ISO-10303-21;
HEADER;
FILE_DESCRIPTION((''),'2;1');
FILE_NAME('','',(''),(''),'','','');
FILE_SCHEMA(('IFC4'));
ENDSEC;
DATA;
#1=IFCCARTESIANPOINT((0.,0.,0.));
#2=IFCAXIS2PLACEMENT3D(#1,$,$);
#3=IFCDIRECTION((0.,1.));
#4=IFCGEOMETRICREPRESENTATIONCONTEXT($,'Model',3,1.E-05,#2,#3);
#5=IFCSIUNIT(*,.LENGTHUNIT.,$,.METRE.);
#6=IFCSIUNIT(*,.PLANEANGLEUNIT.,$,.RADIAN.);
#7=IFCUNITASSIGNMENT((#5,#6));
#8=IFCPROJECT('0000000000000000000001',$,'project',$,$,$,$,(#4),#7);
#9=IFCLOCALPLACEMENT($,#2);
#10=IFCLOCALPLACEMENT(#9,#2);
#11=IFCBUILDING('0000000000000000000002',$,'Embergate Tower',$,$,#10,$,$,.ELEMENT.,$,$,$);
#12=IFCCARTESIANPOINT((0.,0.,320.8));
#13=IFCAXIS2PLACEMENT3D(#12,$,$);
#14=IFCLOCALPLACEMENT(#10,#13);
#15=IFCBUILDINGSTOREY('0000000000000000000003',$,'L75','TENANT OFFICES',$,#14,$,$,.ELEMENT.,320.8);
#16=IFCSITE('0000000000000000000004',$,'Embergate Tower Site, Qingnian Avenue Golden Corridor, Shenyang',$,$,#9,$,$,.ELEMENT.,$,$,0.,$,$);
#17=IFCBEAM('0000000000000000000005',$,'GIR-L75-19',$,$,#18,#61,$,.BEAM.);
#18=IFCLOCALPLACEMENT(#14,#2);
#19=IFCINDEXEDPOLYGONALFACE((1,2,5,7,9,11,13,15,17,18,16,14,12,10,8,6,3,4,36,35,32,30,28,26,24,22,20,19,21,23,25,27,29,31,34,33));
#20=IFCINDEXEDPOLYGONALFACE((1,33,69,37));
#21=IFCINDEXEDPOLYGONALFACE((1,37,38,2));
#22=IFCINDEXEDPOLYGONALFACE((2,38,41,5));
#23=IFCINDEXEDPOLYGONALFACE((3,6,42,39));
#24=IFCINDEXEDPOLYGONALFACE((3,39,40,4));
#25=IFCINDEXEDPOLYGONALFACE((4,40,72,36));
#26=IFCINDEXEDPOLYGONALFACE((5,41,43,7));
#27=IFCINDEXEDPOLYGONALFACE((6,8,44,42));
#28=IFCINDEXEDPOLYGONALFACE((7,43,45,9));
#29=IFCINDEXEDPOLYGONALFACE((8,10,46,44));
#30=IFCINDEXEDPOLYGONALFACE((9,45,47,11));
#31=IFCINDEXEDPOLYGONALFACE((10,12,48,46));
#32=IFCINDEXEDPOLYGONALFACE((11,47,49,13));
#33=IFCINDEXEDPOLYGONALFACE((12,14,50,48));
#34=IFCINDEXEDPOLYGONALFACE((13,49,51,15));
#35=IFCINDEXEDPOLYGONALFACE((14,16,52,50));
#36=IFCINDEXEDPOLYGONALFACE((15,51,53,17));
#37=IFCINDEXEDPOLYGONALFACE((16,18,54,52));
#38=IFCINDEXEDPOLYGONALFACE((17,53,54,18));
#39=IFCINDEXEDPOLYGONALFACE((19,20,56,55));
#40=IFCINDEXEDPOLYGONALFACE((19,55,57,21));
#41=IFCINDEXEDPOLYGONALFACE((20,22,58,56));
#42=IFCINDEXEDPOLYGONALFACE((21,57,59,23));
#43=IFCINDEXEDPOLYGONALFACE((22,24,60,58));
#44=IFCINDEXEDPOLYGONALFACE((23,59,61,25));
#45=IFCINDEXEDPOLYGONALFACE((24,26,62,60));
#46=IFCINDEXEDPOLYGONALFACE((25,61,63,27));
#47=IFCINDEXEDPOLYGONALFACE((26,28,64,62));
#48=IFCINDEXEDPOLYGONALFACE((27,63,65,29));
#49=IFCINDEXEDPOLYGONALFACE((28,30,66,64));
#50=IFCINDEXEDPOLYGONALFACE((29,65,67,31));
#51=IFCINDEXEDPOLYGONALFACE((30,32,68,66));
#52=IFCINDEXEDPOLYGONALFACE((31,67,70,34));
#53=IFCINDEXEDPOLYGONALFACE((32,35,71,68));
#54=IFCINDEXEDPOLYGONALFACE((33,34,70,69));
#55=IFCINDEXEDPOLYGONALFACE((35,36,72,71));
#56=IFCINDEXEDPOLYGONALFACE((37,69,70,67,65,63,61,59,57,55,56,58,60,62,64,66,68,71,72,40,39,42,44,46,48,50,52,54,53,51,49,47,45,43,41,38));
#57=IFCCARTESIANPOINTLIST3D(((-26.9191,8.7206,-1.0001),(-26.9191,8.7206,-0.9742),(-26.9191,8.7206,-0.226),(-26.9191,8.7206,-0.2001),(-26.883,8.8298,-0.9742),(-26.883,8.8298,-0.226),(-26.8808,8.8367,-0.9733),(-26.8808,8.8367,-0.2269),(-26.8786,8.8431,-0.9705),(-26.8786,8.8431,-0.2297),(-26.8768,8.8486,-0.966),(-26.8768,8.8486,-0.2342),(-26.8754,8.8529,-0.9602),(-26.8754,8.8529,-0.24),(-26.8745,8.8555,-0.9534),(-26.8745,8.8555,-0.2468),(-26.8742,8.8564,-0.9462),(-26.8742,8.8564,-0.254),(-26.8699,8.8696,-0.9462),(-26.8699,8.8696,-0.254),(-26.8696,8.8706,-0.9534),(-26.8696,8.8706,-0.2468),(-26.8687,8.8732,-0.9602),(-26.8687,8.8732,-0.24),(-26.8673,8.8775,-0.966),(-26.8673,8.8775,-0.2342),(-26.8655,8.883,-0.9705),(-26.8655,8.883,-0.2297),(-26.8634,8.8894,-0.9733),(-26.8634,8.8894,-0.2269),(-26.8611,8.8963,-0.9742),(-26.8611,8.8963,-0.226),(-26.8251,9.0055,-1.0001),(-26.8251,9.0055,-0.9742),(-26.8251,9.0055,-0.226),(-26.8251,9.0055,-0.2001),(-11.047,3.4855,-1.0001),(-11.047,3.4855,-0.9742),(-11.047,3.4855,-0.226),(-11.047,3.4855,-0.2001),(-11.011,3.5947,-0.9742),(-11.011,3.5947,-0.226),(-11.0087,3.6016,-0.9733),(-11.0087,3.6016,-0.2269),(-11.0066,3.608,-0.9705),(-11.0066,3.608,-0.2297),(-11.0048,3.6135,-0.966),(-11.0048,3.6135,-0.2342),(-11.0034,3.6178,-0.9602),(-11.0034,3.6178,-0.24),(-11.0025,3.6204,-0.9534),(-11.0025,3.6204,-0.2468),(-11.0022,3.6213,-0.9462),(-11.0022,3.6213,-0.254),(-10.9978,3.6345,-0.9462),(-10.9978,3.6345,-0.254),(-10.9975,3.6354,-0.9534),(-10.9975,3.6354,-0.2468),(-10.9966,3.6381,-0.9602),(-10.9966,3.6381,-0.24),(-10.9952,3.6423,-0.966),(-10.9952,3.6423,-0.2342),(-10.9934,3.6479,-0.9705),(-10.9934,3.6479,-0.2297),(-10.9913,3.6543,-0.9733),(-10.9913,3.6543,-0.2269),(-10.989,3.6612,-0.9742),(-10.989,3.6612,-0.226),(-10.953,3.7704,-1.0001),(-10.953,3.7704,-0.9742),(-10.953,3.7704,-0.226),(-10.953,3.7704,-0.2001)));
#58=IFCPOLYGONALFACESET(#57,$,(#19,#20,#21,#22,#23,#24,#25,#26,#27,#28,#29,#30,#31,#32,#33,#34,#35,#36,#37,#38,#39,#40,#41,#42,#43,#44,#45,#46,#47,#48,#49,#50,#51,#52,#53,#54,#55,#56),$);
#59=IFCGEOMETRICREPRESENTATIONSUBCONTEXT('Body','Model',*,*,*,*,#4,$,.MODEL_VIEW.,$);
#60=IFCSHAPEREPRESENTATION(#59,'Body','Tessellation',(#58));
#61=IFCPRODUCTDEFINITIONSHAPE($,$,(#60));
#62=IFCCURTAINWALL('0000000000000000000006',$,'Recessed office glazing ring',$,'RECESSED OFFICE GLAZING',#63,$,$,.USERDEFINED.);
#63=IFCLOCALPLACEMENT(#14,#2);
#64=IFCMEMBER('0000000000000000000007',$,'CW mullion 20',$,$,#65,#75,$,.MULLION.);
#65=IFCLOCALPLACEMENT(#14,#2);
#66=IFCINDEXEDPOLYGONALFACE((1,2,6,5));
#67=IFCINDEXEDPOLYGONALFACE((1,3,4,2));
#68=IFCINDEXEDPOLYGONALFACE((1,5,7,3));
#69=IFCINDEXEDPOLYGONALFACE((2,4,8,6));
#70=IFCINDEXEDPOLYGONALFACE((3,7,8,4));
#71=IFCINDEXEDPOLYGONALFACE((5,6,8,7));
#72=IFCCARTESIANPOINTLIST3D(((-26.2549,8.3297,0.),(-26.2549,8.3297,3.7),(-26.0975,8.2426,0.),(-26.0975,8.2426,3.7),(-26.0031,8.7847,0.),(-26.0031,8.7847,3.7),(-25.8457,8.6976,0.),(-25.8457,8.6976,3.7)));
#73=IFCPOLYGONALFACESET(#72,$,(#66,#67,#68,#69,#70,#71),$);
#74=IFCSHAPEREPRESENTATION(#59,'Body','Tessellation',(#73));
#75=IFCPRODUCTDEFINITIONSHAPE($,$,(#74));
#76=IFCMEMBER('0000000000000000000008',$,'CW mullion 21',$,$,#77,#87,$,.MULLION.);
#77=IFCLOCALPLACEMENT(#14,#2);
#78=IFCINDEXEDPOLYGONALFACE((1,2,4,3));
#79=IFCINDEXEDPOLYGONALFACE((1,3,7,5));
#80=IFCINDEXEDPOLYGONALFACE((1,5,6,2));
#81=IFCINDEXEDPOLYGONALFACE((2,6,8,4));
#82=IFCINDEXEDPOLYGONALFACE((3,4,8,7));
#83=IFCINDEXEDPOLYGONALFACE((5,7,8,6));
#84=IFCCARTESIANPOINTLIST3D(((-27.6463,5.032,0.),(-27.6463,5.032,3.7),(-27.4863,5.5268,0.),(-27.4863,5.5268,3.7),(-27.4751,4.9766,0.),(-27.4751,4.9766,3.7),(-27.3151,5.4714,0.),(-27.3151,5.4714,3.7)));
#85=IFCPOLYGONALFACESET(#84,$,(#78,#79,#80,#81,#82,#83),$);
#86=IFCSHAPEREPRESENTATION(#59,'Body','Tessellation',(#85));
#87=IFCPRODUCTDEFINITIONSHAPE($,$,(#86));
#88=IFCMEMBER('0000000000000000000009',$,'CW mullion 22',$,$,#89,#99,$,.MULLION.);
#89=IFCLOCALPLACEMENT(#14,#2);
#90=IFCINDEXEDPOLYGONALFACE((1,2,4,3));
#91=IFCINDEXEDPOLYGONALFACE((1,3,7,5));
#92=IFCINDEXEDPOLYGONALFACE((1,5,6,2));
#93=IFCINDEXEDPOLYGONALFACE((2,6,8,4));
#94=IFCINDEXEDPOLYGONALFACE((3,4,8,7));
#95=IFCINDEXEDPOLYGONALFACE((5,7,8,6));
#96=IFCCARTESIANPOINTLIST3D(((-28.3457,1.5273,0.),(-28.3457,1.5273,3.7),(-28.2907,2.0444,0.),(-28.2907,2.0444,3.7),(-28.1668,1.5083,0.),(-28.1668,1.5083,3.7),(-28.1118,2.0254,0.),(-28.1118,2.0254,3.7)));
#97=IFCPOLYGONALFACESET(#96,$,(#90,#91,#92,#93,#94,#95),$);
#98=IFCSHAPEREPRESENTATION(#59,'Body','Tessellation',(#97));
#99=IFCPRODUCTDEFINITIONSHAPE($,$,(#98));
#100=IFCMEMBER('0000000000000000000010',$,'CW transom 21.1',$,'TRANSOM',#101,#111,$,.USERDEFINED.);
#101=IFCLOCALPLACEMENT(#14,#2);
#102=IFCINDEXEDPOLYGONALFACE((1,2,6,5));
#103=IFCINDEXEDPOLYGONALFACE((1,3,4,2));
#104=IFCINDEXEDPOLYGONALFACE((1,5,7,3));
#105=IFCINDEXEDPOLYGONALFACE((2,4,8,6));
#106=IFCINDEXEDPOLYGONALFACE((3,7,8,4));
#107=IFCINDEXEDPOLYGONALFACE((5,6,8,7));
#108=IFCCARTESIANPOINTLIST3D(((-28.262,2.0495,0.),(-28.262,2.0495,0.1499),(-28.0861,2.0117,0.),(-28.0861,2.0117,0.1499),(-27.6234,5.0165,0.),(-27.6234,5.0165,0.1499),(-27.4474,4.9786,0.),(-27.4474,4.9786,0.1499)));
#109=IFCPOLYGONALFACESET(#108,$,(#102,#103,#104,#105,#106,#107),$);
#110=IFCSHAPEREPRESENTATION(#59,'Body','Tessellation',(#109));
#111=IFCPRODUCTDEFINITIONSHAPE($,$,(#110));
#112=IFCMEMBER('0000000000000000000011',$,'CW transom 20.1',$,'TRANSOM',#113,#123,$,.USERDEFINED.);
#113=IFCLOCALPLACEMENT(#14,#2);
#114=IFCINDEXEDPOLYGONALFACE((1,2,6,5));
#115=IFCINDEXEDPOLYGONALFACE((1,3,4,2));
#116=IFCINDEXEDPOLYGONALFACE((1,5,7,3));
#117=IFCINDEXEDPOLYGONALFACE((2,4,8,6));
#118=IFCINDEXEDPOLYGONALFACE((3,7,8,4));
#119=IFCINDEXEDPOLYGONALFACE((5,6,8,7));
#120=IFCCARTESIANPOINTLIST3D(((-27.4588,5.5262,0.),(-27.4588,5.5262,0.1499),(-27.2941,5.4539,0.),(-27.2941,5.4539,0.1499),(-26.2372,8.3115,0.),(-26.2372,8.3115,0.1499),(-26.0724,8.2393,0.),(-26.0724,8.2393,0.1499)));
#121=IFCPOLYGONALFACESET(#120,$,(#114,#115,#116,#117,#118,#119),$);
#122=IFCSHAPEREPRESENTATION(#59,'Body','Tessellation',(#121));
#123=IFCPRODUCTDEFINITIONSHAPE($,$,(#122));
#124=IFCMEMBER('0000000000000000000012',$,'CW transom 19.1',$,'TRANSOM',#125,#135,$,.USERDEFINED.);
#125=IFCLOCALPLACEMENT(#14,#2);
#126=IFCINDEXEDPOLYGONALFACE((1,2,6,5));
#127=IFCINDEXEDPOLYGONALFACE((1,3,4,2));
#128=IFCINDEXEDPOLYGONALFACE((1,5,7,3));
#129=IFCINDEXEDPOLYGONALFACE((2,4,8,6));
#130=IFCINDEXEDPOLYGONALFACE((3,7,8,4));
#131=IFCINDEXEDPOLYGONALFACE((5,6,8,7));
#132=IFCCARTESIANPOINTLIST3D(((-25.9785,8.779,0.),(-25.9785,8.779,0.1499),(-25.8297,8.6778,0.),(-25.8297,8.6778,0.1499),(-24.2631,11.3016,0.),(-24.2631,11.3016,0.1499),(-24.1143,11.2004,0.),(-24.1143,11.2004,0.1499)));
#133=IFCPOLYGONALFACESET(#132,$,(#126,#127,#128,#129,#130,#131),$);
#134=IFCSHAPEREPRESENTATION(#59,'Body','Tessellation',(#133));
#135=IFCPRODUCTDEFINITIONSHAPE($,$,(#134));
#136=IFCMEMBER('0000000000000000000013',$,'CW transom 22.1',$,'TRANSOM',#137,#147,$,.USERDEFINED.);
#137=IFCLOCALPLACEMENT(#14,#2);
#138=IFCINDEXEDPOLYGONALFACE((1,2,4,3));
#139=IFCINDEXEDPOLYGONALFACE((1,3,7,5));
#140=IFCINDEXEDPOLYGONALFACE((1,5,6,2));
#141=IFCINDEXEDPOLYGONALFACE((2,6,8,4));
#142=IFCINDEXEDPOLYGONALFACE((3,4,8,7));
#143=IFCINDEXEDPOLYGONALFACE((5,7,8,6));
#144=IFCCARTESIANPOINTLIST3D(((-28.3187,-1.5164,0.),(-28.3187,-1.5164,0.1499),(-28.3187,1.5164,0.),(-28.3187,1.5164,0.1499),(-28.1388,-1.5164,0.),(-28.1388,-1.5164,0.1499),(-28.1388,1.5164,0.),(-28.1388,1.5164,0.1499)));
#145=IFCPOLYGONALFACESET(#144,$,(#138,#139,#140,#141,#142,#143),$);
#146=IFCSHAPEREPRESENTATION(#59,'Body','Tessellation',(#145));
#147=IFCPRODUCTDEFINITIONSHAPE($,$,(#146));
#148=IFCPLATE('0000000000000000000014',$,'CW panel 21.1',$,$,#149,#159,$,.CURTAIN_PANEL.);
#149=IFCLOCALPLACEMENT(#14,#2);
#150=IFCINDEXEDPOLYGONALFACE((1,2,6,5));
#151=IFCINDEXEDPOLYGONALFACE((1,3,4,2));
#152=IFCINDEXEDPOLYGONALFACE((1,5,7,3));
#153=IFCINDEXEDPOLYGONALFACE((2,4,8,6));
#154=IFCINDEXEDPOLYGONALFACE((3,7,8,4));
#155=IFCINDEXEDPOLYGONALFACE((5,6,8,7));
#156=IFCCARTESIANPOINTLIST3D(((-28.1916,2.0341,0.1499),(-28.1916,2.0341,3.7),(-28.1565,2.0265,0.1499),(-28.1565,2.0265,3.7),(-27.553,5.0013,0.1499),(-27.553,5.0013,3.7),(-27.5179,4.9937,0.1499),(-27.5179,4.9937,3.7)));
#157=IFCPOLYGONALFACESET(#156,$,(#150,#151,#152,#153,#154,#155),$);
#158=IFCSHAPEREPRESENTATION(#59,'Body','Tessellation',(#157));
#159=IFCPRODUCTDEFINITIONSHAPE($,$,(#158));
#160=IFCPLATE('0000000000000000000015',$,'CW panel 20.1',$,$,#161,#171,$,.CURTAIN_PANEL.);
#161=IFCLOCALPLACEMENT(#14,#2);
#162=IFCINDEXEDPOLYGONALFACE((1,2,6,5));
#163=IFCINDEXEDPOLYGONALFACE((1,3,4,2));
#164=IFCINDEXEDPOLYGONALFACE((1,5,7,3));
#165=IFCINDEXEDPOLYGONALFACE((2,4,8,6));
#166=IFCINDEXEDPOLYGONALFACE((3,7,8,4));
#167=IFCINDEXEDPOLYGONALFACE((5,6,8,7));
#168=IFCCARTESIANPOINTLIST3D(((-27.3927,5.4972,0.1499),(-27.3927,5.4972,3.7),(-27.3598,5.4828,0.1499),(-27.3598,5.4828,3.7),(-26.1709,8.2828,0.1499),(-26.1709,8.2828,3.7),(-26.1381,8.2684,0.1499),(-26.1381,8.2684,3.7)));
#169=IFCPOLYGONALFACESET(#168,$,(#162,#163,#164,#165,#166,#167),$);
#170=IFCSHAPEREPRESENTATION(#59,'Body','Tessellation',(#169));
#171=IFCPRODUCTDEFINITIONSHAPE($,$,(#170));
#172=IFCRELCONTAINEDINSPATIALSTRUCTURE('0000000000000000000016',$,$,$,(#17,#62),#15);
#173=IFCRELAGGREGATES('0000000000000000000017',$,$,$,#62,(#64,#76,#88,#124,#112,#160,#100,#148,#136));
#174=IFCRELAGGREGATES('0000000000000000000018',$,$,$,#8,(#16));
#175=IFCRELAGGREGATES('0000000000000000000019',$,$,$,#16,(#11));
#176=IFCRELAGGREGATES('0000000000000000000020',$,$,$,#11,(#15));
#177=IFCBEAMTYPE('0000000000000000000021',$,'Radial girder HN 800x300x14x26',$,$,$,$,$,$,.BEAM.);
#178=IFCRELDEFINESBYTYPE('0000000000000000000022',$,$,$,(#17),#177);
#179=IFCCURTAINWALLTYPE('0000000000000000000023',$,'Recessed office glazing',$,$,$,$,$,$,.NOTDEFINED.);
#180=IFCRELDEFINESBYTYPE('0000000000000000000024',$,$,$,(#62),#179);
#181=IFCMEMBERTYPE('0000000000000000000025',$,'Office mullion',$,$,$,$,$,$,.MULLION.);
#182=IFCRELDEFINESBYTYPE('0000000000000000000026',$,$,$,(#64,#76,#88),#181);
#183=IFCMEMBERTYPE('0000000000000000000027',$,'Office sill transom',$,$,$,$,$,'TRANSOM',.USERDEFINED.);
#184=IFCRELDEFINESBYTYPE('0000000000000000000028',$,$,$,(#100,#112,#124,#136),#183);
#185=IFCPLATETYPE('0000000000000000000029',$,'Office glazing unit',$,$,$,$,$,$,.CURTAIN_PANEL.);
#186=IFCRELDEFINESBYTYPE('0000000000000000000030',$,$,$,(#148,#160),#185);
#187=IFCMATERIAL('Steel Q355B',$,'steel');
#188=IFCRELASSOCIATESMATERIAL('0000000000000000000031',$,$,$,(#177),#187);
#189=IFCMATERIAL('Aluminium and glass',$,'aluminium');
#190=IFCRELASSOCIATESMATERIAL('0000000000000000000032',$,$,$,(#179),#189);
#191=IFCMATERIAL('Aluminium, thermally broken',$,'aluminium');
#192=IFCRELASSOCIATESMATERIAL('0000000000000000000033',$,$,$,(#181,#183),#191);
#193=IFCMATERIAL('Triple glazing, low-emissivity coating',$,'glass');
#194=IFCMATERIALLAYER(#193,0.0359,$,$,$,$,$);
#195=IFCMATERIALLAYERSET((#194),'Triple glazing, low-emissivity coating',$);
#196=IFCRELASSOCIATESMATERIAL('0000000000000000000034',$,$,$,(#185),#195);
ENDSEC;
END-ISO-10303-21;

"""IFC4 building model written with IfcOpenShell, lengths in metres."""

from ifc_helpers import new_model, si_unit, direction, frame, origin, origin_2d, place, context, subcontext, project, spatial, rectangle, i_section, extrude, source, transform, mapped, material, layer, layer_set, material_profile, profile_set, type_object, element, aggregate, save


model = new_model("IFC4")

# Units and contexts
model_context = context("Model", 3, precision=1e-05, world=origin(), true_north=direction((0.0, 1.0)))
body_context = subcontext(model_context, "Body", "Model", "MODEL_VIEW")
ifc_project = project(units=[si_unit("LENGTHUNIT", "METRE"), si_unit("PLANEANGLEUNIT", "RADIAN")], contexts=[model_context])

# Site, building, storey
site_placement = place(None, origin())
site = spatial("IfcSite", under=ifc_project, at=site_placement, Name="Embergate Tower Site, Qingnian Avenue Golden Corridor, Shenyang", CompositionType="ELEMENT", RefElevation=0.0)
building_placement = place(site_placement, origin())
building = spatial("IfcBuilding", under=site, at=building_placement, Name="Embergate Tower", CompositionType="ELEMENT")
storey_placement = place(building_placement, frame((0.0, 0.0, 320.8)))
storey = spatial("IfcBuildingStorey", under=building, at=storey_placement, Name="L75", Description="TENANT OFFICES", CompositionType="ELEMENT", Elevation=320.8)

# Beam
ifc_material_1 = material(Name="Steel Q355B", Category="steel")
ifc_material_profile_1 = material_profile(ifc_material_1, i_section(OverallWidth=0.3, OverallDepth=0.8, WebThickness=0.0139, FlangeThickness=0.0259, FilletRadius=0.0281, at=origin_2d()), Name="HN 800x300x14x26")
ifc_profile_set_1 = profile_set([ifc_material_profile_1], Name="Steel Q355 grade B")
beam_type_1 = type_object("IfcBeamType", Name="Radial girder HN 800x300x14x26", PredefinedType="BEAM", material=ifc_profile_set_1)
shared_shape_1 = source(origin(), body_context, "Body", "SweptSolid", [
    extrude(i_section(OverallWidth=0.3, OverallDepth=0.8, WebThickness=0.0139, FlangeThickness=0.0259, FilletRadius=0.0281, at=origin_2d()), origin(), (0.0, 0.0, 1.0), 16.7131),
])
beam_1_placement = place(storey_placement, frame((-26.8721, 8.863, -0.6001), z_axis=(0.949676, -0.313233, 0.0), x_axis=(0.313233, 0.949676, 0.0)))
element("IfcBeam", 1, at=beam_1_placement, inside=storey, type_object=beam_type_1, Name="GIR-L75-19", PredefinedType="BEAM", context=body_context, shape_type="MappedRepresentation", body=[
    mapped(shared_shape_1, transform((0.0, 0.0, 0.0))),
])

# Curtain wall, members, plates
ifc_material_2 = material(Name="Aluminium and glass", Category="aluminium")
curtain_wall_type = type_object("IfcCurtainWallType", Name="Recessed office glazing", PredefinedType="NOTDEFINED", material=ifc_material_2)
curtain_wall_placement = place(storey_placement, origin())
curtain_wall = element("IfcCurtainWall", 2, at=curtain_wall_placement, inside=storey, type_object=curtain_wall_type, Name="Recessed office glazing ring", ObjectType="RECESSED OFFICE GLAZING", PredefinedType="USERDEFINED")
ifc_material_3 = material(Name="Aluminium, thermally broken", Category="aluminium")
ifc_material_profile_2 = material_profile(ifc_material_3, rectangle(XDim=0.1799, YDim=0.52, at=origin_2d()), Name="AL 520x180")
ifc_profile_set_2 = profile_set([ifc_material_profile_2], Name="Aluminium, thermally broken")
member_type_1 = type_object("IfcMemberType", Name="Office mullion", PredefinedType="MULLION", material=ifc_profile_set_2)
shared_shape_2 = source(origin(), body_context, "Body", "SweptSolid", [
    extrude(rectangle(XDim=0.1799, YDim=0.52, at=origin_2d()), origin(), (0.0, 0.0, 1.0), 3.7),
])
member_1_placement = place(storey_placement, frame((-26.0503, 8.5137, 0.0), z_axis=(0.0, 0.0, 1.0), x_axis=(0.874991, -0.484139, 0.0)))
member_1 = element("IfcMember", 3, at=member_1_placement, type_object=member_type_1, Name="CW mullion 20", PredefinedType="MULLION", context=body_context, shape_type="MappedRepresentation", body=[
    mapped(shared_shape_2, transform((0.0, 0.0, 0.0))),
])
member_2_placement = place(storey_placement, frame((-27.4807, 5.2517, 0.0), z_axis=(0.0, 0.0, 1.0), x_axis=(0.951492, -0.307674, 0.0)))
member_2 = element("IfcMember", 4, at=member_2_placement, type_object=member_type_1, Name="CW mullion 21", PredefinedType="MULLION", context=body_context, shape_type="MappedRepresentation", body=[
    mapped(shared_shape_2, transform((0.0, 0.0, 0.0))),
])
member_3_placement = place(storey_placement, frame((-28.2288, 1.7764, 0.0), z_axis=(0.0, 0.0, 1.0), x_axis=(0.994384, -0.105832, 0.0)))
member_3 = element("IfcMember", 5, at=member_3_placement, type_object=member_type_1, Name="CW mullion 22", PredefinedType="MULLION", context=body_context, shape_type="MappedRepresentation", body=[
    mapped(shared_shape_2, transform((0.0, 0.0, 0.0))),
])
ifc_material_profile_3 = material_profile(ifc_material_3, rectangle(XDim=0.1799, YDim=0.1499, at=origin_2d()), Name="AL 150x180")
ifc_profile_set_3 = profile_set([ifc_material_profile_3], Name="Aluminium, thermally broken")
member_type_2 = type_object("IfcMemberType", Name="Office sill transom", ElementType="TRANSOM", PredefinedType="USERDEFINED", material=ifc_profile_set_3)
shared_shape_3 = source(origin(), body_context, "Body", "SweptSolid", [
    extrude(rectangle(XDim=0.1799, YDim=0.1499, at=origin_2d()), origin(), (0.0, 0.0, 1.0), 3.0349),
])
member_4_placement = place(storey_placement, frame((-27.5354, 4.9976, 0.075), z_axis=(-0.210435, -0.977608, 0.0), x_axis=(0.977608, -0.210435, 0.0)))
member_4 = element("IfcMember", 6, at=member_4_placement, type_object=member_type_2, Name="CW transom 21.1", ObjectType="TRANSOM", PredefinedType="USERDEFINED", context=body_context, shape_type="MappedRepresentation", body=[
    mapped(shared_shape_3, transform((0.0, 0.0, 0.0))),
])
shared_shape_4 = source(origin(), body_context, "Body", "SweptSolid", [
    extrude(rectangle(XDim=0.1799, YDim=0.1499, at=origin_2d()), origin(), (0.0, 0.0, 1.0), 3.0415),
])
member_5_placement = place(storey_placement, frame((-26.1548, 8.2754, 0.075), z_axis=(-0.401665, -0.915787, 0.0), x_axis=(0.915787, -0.401665, 0.0)))
member_5 = element("IfcMember", 7, at=member_5_placement, type_object=member_type_2, Name="CW transom 20.1", ObjectType="TRANSOM", PredefinedType="USERDEFINED", context=body_context, shape_type="MappedRepresentation", body=[
    mapped(shared_shape_4, transform((0.0, 0.0, 0.0))),
])
shared_shape_5 = source(origin(), body_context, "Body", "SweptSolid", [
    extrude(rectangle(XDim=0.1799, YDim=0.1499, at=origin_2d()), origin(), (0.0, 0.0, 1.0), 3.0505),
])
member_6_placement = place(storey_placement, frame((-24.1887, 11.251, 0.075), z_axis=(-0.562323, -0.826918, 0.0), x_axis=(0.826918, -0.562323, 0.0)))
member_6 = element("IfcMember", 8, at=member_6_placement, type_object=member_type_2, Name="CW transom 19.1", ObjectType="TRANSOM", PredefinedType="USERDEFINED", context=body_context, shape_type="MappedRepresentation", body=[
    mapped(shared_shape_5, transform((0.0, 0.0, 0.0))),
])
shared_shape_6 = source(origin(), body_context, "Body", "SweptSolid", [
    extrude(rectangle(XDim=0.1799, YDim=0.1499, at=origin_2d()), origin(), (0.0, 0.0, 1.0), 3.0327),
])
member_7_placement = place(storey_placement, frame((-28.2288, 1.5164, 0.075), z_axis=(0.0, -1.0, 0.0), x_axis=(1.0, 0.0, 0.0)))
member_7 = element("IfcMember", 9, at=member_7_placement, type_object=member_type_2, Name="CW transom 22.1", ObjectType="TRANSOM", PredefinedType="USERDEFINED", context=body_context, shape_type="MappedRepresentation", body=[
    mapped(shared_shape_6, transform((0.0, 0.0, 0.0))),
])
ifc_material_4 = material(Name="Triple glazing, low-emissivity coating", Category="glass")
ifc_layer_1 = layer(ifc_material_4, 0.0359)
ifc_layer_set_1 = layer_set([ifc_layer_1], Name="Triple glazing, low-emissivity coating")
plate_type = type_object("IfcPlateType", Name="Office glazing unit", PredefinedType="CURTAIN_PANEL", material=ifc_layer_set_1)
shared_shape_7 = source(origin(), body_context, "Body", "SweptSolid", [
    extrude(rectangle(XDim=3.0352, YDim=0.0359, at=origin_2d()), origin(), (0.0, 0.0, 1.0), 3.55),
])
plate_1_placement = place(storey_placement, frame((-27.8547, 3.5139, 0.1499), z_axis=(0.0, 0.0, 1.0), x_axis=(-0.2104, -0.977615, 0.0)))
plate_1 = element("IfcPlate", 10, at=plate_1_placement, type_object=plate_type, Name="CW panel 21.1", PredefinedType="CURTAIN_PANEL", context=body_context, shape_type="MappedRepresentation", body=[
    mapped(shared_shape_7, transform((0.0, 0.0, 0.0))),
])
shared_shape_8 = source(origin(), body_context, "Body", "SweptSolid", [
    extrude(rectangle(XDim=3.0417, YDim=0.0359, at=origin_2d()), origin(), (0.0, 0.0, 1.0), 3.55),
])
plate_2_placement = place(storey_placement, frame((-26.7654, 6.8828, 0.1499), z_axis=(0.0, 0.0, 1.0), x_axis=(-0.401654, -0.915792, 0.0)))
plate_2 = element("IfcPlate", 11, at=plate_2_placement, type_object=plate_type, Name="CW panel 20.1", PredefinedType="CURTAIN_PANEL", context=body_context, shape_type="MappedRepresentation", body=[
    mapped(shared_shape_8, transform((0.0, 0.0, 0.0))),
])
aggregate(curtain_wall, [member_1, member_2, member_3, member_6, member_5, plate_2, member_4, plate_1, member_7])

save(model, "model.ifc")
